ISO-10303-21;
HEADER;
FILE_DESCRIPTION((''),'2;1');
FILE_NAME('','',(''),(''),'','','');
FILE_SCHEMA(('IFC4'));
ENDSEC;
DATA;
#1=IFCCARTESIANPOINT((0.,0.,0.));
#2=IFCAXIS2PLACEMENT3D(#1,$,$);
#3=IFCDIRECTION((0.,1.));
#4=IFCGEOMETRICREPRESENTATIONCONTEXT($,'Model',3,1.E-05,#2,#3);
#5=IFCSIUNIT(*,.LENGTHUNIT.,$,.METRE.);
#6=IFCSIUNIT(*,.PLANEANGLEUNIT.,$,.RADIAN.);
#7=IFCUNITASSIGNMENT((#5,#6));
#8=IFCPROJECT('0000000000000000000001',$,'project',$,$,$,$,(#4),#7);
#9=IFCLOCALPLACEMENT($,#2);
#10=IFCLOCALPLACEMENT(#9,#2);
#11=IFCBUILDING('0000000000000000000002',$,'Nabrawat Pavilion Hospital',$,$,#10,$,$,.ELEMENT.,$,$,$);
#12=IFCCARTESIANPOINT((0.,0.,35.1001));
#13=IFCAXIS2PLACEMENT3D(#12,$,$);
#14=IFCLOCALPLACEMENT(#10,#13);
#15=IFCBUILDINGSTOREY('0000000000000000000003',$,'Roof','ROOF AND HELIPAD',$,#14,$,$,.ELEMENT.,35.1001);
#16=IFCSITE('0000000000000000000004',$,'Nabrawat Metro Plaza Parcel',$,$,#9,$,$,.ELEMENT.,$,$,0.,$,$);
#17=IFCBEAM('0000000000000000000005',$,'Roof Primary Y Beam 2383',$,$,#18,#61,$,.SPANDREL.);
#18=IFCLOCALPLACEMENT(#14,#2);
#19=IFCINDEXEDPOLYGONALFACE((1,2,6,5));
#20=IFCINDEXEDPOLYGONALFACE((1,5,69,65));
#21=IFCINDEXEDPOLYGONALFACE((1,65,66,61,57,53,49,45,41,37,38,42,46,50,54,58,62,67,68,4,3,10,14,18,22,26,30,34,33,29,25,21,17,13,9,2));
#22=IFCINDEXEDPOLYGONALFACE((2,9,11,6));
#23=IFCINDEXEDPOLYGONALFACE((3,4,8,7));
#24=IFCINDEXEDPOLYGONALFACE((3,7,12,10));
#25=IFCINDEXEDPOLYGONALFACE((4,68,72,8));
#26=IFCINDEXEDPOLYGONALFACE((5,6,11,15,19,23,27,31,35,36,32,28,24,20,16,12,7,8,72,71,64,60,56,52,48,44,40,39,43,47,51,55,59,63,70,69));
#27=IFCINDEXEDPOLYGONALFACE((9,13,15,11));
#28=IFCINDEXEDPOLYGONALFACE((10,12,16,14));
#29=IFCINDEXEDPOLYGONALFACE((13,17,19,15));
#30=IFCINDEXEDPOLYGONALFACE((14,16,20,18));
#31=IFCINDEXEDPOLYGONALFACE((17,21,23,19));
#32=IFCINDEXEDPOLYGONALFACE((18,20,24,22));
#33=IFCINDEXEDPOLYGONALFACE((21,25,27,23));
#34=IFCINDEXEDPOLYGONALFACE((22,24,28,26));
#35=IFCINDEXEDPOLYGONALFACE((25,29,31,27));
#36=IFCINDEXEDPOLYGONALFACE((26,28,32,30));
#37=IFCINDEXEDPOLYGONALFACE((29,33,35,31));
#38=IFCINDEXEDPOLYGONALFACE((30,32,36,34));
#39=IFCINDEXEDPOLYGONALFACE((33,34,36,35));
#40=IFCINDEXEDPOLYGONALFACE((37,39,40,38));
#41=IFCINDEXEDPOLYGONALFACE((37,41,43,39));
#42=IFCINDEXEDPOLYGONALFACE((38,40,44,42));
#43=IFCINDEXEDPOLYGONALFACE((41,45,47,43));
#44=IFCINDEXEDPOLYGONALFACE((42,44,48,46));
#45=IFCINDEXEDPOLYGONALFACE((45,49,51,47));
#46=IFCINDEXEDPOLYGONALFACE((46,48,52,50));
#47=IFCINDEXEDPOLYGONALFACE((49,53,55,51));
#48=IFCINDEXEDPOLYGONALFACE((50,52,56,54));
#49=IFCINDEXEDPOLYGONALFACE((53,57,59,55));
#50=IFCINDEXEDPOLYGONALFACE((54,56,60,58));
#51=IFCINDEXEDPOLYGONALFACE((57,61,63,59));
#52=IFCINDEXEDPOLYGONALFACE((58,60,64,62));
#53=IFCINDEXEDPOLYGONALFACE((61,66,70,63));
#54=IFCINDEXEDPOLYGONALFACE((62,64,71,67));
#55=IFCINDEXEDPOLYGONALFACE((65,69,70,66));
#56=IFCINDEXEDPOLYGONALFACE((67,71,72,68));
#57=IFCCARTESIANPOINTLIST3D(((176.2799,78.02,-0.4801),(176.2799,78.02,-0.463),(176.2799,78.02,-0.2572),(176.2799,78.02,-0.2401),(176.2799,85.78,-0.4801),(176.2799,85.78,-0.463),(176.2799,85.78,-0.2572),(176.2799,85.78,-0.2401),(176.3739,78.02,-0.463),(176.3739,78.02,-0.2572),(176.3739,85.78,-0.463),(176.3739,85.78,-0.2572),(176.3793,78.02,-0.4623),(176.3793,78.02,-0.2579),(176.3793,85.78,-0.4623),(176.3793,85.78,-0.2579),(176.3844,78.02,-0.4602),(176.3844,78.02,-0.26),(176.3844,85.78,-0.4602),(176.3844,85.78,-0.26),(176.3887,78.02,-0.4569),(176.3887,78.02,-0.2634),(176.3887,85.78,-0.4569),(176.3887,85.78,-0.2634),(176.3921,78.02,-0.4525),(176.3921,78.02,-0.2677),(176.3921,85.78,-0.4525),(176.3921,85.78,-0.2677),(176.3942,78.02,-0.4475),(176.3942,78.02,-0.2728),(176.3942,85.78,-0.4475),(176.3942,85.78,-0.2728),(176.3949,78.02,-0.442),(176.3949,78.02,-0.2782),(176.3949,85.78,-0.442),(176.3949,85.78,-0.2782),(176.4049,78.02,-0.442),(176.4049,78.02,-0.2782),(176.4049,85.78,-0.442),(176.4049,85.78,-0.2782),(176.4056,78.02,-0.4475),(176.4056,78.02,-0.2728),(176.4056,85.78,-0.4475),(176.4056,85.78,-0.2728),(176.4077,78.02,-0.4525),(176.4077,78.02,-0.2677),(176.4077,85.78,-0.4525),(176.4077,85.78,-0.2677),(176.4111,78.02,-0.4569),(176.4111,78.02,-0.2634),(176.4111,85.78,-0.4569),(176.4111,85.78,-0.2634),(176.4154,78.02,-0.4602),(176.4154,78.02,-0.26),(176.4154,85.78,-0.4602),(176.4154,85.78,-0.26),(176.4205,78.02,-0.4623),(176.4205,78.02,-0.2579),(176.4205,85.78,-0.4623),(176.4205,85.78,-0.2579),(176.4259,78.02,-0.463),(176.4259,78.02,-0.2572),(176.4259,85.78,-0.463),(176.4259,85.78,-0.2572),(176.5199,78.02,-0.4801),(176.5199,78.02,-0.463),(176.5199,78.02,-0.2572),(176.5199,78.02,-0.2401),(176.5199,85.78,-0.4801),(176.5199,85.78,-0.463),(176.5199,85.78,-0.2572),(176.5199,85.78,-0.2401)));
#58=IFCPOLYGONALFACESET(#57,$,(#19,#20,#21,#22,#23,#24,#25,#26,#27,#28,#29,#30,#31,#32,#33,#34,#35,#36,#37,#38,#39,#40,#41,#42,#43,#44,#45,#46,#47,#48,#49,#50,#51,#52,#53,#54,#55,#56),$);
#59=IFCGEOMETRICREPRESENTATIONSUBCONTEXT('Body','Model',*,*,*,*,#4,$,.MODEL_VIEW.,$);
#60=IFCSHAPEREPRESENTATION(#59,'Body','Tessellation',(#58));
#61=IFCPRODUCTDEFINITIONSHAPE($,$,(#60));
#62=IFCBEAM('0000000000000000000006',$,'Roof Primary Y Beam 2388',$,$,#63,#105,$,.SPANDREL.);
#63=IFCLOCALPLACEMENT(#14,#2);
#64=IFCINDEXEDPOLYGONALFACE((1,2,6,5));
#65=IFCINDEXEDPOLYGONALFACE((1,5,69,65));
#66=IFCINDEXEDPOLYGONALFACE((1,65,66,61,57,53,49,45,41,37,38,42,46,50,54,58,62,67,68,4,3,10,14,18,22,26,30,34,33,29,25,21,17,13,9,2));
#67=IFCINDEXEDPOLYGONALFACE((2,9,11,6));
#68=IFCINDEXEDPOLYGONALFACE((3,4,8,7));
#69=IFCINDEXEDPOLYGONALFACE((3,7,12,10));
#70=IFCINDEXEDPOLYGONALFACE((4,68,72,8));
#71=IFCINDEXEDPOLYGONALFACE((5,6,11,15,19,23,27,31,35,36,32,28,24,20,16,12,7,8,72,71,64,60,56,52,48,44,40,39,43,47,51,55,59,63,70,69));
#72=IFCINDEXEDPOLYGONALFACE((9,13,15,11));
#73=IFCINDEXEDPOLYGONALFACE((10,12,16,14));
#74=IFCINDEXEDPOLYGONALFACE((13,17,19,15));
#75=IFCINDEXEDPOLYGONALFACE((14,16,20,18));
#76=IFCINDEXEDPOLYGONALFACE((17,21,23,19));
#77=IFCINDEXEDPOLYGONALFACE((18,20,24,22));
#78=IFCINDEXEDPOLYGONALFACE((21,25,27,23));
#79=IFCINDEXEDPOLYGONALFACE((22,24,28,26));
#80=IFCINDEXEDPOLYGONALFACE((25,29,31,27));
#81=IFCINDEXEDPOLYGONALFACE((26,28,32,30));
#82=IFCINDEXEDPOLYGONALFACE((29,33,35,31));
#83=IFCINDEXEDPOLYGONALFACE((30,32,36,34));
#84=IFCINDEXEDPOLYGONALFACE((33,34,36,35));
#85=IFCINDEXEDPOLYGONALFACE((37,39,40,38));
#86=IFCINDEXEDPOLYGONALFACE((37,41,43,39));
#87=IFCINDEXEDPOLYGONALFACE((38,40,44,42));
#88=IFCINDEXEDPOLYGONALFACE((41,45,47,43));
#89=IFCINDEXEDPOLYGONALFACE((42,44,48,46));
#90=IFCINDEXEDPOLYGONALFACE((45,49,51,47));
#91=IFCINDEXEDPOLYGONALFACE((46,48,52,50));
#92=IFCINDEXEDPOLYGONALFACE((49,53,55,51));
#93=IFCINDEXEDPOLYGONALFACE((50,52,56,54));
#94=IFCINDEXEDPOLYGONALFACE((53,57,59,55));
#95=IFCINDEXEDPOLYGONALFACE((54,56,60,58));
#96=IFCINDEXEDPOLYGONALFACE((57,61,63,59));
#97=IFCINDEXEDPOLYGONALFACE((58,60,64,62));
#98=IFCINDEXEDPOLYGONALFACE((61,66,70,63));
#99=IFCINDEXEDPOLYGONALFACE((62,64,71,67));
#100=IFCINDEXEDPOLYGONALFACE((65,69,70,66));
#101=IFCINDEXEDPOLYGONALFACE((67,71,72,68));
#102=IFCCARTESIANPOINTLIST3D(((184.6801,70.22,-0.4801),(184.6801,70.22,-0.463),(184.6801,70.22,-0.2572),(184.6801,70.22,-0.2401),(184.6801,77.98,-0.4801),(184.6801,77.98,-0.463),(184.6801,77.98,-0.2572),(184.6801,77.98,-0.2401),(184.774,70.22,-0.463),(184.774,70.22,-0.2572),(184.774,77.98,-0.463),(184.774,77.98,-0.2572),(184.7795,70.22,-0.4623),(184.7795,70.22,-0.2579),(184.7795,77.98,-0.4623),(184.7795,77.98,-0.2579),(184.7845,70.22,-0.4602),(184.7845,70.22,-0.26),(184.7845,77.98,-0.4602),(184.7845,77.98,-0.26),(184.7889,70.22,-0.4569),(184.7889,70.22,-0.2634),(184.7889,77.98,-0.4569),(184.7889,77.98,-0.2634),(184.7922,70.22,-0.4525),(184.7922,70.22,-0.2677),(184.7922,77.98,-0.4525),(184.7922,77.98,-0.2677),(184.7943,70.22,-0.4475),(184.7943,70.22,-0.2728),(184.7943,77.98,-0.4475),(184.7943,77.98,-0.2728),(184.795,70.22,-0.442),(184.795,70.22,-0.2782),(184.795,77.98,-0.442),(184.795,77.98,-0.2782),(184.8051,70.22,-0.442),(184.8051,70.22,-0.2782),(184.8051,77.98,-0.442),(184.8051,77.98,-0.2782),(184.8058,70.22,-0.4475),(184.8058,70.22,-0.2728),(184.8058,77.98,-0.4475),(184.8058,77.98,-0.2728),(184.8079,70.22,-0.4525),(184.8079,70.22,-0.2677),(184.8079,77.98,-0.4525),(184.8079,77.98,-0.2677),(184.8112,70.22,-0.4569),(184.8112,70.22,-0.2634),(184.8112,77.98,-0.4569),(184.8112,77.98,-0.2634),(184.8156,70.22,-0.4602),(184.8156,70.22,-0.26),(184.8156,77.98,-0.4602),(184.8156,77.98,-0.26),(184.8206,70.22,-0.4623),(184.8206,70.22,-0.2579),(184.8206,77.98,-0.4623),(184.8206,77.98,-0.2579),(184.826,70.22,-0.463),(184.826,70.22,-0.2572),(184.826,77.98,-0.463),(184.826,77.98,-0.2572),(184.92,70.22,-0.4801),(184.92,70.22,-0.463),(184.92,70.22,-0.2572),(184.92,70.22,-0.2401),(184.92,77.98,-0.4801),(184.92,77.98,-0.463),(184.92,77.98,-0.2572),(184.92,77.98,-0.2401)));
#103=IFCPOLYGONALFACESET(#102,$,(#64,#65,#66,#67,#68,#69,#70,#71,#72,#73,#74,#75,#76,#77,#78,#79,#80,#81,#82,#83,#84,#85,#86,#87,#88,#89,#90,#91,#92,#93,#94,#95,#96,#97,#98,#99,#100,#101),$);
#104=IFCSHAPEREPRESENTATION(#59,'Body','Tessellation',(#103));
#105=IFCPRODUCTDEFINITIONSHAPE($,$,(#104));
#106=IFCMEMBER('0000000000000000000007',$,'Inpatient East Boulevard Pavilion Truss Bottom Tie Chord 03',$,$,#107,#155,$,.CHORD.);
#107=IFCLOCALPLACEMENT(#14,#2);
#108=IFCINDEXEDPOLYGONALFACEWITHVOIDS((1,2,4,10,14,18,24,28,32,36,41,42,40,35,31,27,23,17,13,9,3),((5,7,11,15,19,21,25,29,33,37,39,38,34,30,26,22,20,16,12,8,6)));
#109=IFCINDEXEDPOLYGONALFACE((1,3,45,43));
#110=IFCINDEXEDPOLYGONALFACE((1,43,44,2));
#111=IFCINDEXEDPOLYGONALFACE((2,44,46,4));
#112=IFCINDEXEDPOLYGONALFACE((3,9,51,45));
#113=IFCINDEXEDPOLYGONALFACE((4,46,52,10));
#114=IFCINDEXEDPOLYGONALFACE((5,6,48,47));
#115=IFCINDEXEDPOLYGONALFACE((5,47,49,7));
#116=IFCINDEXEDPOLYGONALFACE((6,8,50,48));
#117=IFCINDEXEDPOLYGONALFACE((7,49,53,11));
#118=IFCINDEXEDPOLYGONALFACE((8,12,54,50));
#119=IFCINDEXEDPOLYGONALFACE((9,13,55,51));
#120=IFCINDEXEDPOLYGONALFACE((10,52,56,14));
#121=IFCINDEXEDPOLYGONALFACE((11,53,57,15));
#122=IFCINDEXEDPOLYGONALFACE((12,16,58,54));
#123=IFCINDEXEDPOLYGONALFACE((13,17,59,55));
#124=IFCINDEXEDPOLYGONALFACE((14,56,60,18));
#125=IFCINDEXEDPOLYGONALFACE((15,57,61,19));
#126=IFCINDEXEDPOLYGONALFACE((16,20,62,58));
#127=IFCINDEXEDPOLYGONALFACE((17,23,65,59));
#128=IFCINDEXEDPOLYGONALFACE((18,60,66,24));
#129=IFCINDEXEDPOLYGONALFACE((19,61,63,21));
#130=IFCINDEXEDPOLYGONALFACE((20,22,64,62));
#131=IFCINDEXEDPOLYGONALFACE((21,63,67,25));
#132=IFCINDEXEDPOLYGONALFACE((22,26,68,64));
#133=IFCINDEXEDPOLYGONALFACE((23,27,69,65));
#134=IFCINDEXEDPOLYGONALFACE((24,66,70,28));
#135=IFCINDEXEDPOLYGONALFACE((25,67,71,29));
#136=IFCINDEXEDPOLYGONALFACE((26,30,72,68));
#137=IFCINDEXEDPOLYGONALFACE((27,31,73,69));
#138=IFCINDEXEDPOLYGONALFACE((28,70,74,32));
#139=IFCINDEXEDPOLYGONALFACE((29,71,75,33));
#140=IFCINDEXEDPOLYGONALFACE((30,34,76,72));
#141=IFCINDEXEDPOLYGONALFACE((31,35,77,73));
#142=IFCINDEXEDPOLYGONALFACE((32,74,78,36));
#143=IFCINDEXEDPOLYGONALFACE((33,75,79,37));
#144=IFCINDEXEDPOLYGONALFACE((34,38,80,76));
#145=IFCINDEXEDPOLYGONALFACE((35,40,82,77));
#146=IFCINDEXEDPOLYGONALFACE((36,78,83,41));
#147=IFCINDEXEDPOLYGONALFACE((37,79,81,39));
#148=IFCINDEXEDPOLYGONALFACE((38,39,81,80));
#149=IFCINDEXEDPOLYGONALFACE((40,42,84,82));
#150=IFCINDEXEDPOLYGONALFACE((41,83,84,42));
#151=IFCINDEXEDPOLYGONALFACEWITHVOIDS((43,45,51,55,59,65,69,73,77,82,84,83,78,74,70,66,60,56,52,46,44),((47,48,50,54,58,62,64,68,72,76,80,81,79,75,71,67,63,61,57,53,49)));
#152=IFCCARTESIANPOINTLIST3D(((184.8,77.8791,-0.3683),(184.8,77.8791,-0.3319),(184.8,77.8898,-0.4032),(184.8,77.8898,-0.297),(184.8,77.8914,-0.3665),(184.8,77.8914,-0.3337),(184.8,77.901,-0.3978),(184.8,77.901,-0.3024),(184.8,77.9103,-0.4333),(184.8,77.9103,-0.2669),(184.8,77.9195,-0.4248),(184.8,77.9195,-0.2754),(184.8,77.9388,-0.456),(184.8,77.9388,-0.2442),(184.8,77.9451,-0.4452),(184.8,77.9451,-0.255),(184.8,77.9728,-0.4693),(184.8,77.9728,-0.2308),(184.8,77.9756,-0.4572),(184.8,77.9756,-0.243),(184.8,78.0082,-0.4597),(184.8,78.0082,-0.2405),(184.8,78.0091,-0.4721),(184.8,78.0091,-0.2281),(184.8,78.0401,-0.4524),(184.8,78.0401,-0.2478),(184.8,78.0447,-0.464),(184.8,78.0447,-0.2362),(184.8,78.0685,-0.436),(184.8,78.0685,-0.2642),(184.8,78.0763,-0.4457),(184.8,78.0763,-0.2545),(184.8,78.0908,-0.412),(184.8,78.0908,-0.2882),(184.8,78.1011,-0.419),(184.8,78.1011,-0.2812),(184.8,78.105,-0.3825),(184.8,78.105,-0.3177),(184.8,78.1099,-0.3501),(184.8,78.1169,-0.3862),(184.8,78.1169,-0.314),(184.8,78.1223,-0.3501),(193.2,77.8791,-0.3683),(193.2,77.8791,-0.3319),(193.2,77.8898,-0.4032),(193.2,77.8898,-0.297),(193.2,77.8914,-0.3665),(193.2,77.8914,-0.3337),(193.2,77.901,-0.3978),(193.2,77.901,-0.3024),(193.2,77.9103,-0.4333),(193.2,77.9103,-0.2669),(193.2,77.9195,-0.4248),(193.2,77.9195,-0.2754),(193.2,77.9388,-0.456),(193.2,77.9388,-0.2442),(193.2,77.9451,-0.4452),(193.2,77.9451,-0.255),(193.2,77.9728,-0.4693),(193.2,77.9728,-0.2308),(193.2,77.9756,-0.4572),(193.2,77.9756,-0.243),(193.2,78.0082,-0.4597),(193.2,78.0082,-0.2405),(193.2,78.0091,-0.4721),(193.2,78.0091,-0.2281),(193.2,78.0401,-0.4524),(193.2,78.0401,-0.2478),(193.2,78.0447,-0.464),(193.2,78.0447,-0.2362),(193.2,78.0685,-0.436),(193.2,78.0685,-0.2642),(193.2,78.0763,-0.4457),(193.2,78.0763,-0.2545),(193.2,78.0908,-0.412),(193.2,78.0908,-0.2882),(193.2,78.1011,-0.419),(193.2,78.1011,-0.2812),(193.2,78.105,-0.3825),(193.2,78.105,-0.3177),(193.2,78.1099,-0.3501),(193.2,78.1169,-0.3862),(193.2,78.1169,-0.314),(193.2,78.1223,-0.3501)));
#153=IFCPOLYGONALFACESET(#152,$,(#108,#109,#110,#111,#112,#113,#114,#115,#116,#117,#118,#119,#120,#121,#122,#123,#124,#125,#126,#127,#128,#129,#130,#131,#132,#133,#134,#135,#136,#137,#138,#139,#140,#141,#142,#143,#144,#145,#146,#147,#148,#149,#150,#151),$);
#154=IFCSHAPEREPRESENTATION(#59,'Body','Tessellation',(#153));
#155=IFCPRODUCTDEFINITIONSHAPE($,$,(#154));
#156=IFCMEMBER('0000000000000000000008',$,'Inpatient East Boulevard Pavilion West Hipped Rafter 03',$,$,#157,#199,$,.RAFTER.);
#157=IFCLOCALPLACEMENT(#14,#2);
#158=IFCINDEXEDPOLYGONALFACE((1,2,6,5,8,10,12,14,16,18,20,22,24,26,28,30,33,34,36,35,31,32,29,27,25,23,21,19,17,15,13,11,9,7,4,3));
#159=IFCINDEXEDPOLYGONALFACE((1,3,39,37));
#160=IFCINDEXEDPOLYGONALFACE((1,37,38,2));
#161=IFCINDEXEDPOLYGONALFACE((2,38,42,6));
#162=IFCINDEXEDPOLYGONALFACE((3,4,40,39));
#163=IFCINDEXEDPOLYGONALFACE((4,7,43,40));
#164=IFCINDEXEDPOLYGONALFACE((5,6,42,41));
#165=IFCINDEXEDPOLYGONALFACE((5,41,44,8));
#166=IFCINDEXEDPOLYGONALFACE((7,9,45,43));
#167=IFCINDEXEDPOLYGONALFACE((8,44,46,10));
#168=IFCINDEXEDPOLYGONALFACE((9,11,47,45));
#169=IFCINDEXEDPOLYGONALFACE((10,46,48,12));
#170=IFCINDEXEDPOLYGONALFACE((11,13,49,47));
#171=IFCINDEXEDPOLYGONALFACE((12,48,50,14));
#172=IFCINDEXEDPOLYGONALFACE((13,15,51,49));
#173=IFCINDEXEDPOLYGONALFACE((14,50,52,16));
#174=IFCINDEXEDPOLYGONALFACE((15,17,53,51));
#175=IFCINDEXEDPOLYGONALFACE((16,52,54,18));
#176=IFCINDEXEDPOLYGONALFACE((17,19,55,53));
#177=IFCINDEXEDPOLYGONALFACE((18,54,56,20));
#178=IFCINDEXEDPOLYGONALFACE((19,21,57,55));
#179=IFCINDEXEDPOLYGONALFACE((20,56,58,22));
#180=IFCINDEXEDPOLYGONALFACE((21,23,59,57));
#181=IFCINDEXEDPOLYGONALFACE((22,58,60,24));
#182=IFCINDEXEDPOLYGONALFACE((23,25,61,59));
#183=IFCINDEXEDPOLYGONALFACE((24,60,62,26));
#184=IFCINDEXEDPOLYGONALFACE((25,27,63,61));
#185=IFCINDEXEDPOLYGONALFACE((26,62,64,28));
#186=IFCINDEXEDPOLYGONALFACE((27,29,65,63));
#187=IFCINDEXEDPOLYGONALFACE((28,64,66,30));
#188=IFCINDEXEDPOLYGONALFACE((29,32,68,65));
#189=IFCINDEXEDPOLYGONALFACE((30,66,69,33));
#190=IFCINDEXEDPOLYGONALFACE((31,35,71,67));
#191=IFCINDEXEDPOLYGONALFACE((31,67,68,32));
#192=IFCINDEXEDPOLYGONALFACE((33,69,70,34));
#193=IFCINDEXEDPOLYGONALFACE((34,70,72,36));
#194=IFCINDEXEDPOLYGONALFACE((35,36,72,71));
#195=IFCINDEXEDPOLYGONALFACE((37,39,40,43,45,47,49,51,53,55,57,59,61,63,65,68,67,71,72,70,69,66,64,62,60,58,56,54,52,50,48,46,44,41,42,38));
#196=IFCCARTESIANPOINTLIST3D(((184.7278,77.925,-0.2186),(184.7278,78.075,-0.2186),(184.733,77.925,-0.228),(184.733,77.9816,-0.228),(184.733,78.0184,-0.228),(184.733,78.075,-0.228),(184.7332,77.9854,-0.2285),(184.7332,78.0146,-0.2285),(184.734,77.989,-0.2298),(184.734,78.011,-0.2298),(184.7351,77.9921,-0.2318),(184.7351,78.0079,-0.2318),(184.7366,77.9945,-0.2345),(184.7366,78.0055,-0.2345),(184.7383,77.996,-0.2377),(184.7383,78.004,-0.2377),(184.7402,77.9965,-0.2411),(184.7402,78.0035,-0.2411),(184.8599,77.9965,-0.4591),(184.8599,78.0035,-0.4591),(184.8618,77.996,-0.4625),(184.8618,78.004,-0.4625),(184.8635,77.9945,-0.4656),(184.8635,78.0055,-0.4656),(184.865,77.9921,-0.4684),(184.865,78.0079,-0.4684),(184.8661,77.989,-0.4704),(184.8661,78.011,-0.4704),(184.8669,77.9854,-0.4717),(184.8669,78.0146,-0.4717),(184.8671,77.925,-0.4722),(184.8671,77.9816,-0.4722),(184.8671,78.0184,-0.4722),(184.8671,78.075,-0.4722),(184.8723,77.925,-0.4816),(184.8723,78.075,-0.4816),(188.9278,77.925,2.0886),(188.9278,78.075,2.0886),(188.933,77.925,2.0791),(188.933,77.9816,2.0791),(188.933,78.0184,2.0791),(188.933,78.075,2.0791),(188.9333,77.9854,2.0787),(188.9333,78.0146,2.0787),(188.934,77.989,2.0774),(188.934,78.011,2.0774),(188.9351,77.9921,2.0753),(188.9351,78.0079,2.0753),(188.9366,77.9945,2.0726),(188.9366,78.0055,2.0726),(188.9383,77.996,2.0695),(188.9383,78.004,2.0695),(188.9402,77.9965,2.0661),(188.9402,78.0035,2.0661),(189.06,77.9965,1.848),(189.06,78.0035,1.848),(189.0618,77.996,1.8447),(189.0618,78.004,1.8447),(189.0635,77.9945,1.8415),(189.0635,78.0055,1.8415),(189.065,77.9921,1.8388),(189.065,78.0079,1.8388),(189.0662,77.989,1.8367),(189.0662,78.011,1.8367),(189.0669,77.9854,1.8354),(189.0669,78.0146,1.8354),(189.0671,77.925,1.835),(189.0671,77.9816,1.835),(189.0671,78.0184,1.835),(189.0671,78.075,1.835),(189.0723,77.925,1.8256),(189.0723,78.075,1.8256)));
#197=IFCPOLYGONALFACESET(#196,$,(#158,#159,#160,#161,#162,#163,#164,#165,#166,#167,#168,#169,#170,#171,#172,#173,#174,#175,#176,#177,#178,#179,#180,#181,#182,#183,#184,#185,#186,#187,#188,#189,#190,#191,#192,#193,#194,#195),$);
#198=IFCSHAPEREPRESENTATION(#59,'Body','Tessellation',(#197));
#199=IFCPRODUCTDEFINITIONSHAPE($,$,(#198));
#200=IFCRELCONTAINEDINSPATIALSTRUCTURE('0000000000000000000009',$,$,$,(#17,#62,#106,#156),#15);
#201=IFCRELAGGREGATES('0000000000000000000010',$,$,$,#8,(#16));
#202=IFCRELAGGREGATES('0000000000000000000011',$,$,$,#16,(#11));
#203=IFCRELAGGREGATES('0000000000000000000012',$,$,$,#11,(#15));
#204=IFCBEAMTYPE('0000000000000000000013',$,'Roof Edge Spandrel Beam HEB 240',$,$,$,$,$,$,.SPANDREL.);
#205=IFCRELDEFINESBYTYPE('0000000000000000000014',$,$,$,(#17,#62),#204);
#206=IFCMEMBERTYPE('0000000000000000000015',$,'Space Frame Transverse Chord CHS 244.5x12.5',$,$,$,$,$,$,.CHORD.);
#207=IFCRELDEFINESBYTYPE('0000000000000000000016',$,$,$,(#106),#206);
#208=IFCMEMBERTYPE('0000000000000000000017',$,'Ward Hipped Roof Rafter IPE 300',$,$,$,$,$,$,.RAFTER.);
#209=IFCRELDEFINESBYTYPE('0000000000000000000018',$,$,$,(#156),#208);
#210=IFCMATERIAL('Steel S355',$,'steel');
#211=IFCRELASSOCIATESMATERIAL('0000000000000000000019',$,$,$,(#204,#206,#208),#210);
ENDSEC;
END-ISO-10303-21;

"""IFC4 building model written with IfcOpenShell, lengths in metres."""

from ifc_helpers import new_model, si_unit, direction, frame, origin, origin_2d, place, context, subcontext, project, spatial, hollow_circle, i_section, extrude, material, material_profile, profile_set, type_object, element, save


model = new_model("IFC4")

# Units and contexts
model_context = context("Model", 3, precision=1e-05, world=origin(), true_north=direction((0.0, 1.0)))
body_context = subcontext(model_context, "Body", "Model", "MODEL_VIEW")
ifc_project = project(units=[si_unit("LENGTHUNIT", "METRE"), si_unit("PLANEANGLEUNIT", "RADIAN")], contexts=[model_context])

# Site, building, storey
site_placement = place(None, origin())
site = spatial("IfcSite", under=ifc_project, at=site_placement, Name="Nabrawat Metro Plaza Parcel", CompositionType="ELEMENT", RefElevation=0.0)
building_placement = place(site_placement, origin())
building = spatial("IfcBuilding", under=site, at=building_placement, Name="Nabrawat Pavilion Hospital", CompositionType="ELEMENT")
storey_placement = place(building_placement, frame((0.0, 0.0, 35.1001)))
storey = spatial("IfcBuildingStorey", under=building, at=storey_placement, Name="Roof", Description="ROOF AND HELIPAD", CompositionType="ELEMENT", Elevation=35.1001)

# Shared definitions
ifc_material_1 = material(Name="Steel S355", Category="steel")

# Beams
ifc_material_profile_1 = material_profile(ifc_material_1, i_section(OverallWidth=0.24, OverallDepth=0.24, WebThickness=0.01, FlangeThickness=0.0171, FilletRadius=0.021, at=origin_2d()), Name="HEB 240")
ifc_profile_set_1 = profile_set([ifc_material_profile_1], Name="Steel S355")
beam_type_1 = type_object("IfcBeamType", Name="Roof Edge Spandrel Beam HEB 240", PredefinedType="SPANDREL", material=ifc_profile_set_1)
for number, where, z_axis, x_axis, name in (
    (1, (176.3999, 78.02, -0.3601), (0.0, 1.0, 0.0), (-1.0, 0.0, 0.0), "Roof Primary Y Beam 2383"),
    (2, (184.8, 70.22, -0.3601), (0.0, 1.0, 0.0), (-1.0, 0.0, 0.0), "Roof Primary Y Beam 2388"),
):
    element("IfcBeam", number, at=place(storey_placement, frame(where, z_axis=z_axis, x_axis=x_axis)), inside=storey, type_object=beam_type_1, Name=name, PredefinedType="SPANDREL", context=body_context, shape_type="SweptSolid", body=[
        extrude(i_section(OverallWidth=0.24, OverallDepth=0.24, WebThickness=0.01, FlangeThickness=0.0171, FilletRadius=0.021, at=origin_2d()), origin(), (0.0, 0.0, 1.0), 7.76),
    ])

# Members
ifc_material_profile_2 = material_profile(ifc_material_1, hollow_circle(Radius=0.1223, WallThickness=0.0125, at=origin_2d()), Name="CHS 244.5x12.5")
ifc_profile_set_2 = profile_set([ifc_material_profile_2], Name="Steel S355")
member_type_1 = type_object("IfcMemberType", Name="Space Frame Transverse Chord CHS 244.5x12.5", PredefinedType="CHORD", material=ifc_profile_set_2)
member_placement = place(storey_placement, frame((184.8, 78.0, -0.3501), z_axis=(1.0, 0.0, 0.0), x_axis=(0.0, 1.0, 0.0)))
element("IfcMember", 3, at=member_placement, inside=storey, type_object=member_type_1, Name="Inpatient East Boulevard Pavilion Truss Bottom Tie Chord 03", PredefinedType="CHORD", context=body_context, shape_type="SweptSolid", body=[
    extrude(hollow_circle(Radius=0.1223, WallThickness=0.0125, at=origin_2d()), origin(), (0.0, 0.0, 1.0), 8.3999),
])
ifc_material_profile_3 = material_profile(ifc_material_1, i_section(OverallWidth=0.1499, OverallDepth=0.3, WebThickness=0.0071, FlangeThickness=0.0107, FilletRadius=0.0149, at=origin_2d()), Name="IPE 300")
ifc_profile_set_3 = profile_set([ifc_material_profile_3], Name="Steel S355")
member_type_2 = type_object("IfcMemberType", Name="Ward Hipped Roof Rafter IPE 300", PredefinedType="RAFTER", material=ifc_profile_set_3)
for number, where, z_axis, x_axis, name in (
    (4, (184.8, 78.0, -0.3501), (0.876466, 0.0, 0.481463), (0.0, 1.0, 0.0), "Inpatient East Boulevard Pavilion West Hipped Rafter 03"),
):
    element("IfcMember", number, at=place(storey_placement, frame(where, z_axis=z_axis, x_axis=x_axis)), inside=storey, type_object=member_type_2, Name=name, PredefinedType="RAFTER", context=body_context, shape_type="SweptSolid", body=[
        extrude(i_section(OverallWidth=0.1499, OverallDepth=0.3, WebThickness=0.0071, FlangeThickness=0.0107, FilletRadius=0.0149, at=origin_2d()), origin(), (0.0, 0.0, 1.0), 4.792),
    ])

save(model, "model.ifc")
